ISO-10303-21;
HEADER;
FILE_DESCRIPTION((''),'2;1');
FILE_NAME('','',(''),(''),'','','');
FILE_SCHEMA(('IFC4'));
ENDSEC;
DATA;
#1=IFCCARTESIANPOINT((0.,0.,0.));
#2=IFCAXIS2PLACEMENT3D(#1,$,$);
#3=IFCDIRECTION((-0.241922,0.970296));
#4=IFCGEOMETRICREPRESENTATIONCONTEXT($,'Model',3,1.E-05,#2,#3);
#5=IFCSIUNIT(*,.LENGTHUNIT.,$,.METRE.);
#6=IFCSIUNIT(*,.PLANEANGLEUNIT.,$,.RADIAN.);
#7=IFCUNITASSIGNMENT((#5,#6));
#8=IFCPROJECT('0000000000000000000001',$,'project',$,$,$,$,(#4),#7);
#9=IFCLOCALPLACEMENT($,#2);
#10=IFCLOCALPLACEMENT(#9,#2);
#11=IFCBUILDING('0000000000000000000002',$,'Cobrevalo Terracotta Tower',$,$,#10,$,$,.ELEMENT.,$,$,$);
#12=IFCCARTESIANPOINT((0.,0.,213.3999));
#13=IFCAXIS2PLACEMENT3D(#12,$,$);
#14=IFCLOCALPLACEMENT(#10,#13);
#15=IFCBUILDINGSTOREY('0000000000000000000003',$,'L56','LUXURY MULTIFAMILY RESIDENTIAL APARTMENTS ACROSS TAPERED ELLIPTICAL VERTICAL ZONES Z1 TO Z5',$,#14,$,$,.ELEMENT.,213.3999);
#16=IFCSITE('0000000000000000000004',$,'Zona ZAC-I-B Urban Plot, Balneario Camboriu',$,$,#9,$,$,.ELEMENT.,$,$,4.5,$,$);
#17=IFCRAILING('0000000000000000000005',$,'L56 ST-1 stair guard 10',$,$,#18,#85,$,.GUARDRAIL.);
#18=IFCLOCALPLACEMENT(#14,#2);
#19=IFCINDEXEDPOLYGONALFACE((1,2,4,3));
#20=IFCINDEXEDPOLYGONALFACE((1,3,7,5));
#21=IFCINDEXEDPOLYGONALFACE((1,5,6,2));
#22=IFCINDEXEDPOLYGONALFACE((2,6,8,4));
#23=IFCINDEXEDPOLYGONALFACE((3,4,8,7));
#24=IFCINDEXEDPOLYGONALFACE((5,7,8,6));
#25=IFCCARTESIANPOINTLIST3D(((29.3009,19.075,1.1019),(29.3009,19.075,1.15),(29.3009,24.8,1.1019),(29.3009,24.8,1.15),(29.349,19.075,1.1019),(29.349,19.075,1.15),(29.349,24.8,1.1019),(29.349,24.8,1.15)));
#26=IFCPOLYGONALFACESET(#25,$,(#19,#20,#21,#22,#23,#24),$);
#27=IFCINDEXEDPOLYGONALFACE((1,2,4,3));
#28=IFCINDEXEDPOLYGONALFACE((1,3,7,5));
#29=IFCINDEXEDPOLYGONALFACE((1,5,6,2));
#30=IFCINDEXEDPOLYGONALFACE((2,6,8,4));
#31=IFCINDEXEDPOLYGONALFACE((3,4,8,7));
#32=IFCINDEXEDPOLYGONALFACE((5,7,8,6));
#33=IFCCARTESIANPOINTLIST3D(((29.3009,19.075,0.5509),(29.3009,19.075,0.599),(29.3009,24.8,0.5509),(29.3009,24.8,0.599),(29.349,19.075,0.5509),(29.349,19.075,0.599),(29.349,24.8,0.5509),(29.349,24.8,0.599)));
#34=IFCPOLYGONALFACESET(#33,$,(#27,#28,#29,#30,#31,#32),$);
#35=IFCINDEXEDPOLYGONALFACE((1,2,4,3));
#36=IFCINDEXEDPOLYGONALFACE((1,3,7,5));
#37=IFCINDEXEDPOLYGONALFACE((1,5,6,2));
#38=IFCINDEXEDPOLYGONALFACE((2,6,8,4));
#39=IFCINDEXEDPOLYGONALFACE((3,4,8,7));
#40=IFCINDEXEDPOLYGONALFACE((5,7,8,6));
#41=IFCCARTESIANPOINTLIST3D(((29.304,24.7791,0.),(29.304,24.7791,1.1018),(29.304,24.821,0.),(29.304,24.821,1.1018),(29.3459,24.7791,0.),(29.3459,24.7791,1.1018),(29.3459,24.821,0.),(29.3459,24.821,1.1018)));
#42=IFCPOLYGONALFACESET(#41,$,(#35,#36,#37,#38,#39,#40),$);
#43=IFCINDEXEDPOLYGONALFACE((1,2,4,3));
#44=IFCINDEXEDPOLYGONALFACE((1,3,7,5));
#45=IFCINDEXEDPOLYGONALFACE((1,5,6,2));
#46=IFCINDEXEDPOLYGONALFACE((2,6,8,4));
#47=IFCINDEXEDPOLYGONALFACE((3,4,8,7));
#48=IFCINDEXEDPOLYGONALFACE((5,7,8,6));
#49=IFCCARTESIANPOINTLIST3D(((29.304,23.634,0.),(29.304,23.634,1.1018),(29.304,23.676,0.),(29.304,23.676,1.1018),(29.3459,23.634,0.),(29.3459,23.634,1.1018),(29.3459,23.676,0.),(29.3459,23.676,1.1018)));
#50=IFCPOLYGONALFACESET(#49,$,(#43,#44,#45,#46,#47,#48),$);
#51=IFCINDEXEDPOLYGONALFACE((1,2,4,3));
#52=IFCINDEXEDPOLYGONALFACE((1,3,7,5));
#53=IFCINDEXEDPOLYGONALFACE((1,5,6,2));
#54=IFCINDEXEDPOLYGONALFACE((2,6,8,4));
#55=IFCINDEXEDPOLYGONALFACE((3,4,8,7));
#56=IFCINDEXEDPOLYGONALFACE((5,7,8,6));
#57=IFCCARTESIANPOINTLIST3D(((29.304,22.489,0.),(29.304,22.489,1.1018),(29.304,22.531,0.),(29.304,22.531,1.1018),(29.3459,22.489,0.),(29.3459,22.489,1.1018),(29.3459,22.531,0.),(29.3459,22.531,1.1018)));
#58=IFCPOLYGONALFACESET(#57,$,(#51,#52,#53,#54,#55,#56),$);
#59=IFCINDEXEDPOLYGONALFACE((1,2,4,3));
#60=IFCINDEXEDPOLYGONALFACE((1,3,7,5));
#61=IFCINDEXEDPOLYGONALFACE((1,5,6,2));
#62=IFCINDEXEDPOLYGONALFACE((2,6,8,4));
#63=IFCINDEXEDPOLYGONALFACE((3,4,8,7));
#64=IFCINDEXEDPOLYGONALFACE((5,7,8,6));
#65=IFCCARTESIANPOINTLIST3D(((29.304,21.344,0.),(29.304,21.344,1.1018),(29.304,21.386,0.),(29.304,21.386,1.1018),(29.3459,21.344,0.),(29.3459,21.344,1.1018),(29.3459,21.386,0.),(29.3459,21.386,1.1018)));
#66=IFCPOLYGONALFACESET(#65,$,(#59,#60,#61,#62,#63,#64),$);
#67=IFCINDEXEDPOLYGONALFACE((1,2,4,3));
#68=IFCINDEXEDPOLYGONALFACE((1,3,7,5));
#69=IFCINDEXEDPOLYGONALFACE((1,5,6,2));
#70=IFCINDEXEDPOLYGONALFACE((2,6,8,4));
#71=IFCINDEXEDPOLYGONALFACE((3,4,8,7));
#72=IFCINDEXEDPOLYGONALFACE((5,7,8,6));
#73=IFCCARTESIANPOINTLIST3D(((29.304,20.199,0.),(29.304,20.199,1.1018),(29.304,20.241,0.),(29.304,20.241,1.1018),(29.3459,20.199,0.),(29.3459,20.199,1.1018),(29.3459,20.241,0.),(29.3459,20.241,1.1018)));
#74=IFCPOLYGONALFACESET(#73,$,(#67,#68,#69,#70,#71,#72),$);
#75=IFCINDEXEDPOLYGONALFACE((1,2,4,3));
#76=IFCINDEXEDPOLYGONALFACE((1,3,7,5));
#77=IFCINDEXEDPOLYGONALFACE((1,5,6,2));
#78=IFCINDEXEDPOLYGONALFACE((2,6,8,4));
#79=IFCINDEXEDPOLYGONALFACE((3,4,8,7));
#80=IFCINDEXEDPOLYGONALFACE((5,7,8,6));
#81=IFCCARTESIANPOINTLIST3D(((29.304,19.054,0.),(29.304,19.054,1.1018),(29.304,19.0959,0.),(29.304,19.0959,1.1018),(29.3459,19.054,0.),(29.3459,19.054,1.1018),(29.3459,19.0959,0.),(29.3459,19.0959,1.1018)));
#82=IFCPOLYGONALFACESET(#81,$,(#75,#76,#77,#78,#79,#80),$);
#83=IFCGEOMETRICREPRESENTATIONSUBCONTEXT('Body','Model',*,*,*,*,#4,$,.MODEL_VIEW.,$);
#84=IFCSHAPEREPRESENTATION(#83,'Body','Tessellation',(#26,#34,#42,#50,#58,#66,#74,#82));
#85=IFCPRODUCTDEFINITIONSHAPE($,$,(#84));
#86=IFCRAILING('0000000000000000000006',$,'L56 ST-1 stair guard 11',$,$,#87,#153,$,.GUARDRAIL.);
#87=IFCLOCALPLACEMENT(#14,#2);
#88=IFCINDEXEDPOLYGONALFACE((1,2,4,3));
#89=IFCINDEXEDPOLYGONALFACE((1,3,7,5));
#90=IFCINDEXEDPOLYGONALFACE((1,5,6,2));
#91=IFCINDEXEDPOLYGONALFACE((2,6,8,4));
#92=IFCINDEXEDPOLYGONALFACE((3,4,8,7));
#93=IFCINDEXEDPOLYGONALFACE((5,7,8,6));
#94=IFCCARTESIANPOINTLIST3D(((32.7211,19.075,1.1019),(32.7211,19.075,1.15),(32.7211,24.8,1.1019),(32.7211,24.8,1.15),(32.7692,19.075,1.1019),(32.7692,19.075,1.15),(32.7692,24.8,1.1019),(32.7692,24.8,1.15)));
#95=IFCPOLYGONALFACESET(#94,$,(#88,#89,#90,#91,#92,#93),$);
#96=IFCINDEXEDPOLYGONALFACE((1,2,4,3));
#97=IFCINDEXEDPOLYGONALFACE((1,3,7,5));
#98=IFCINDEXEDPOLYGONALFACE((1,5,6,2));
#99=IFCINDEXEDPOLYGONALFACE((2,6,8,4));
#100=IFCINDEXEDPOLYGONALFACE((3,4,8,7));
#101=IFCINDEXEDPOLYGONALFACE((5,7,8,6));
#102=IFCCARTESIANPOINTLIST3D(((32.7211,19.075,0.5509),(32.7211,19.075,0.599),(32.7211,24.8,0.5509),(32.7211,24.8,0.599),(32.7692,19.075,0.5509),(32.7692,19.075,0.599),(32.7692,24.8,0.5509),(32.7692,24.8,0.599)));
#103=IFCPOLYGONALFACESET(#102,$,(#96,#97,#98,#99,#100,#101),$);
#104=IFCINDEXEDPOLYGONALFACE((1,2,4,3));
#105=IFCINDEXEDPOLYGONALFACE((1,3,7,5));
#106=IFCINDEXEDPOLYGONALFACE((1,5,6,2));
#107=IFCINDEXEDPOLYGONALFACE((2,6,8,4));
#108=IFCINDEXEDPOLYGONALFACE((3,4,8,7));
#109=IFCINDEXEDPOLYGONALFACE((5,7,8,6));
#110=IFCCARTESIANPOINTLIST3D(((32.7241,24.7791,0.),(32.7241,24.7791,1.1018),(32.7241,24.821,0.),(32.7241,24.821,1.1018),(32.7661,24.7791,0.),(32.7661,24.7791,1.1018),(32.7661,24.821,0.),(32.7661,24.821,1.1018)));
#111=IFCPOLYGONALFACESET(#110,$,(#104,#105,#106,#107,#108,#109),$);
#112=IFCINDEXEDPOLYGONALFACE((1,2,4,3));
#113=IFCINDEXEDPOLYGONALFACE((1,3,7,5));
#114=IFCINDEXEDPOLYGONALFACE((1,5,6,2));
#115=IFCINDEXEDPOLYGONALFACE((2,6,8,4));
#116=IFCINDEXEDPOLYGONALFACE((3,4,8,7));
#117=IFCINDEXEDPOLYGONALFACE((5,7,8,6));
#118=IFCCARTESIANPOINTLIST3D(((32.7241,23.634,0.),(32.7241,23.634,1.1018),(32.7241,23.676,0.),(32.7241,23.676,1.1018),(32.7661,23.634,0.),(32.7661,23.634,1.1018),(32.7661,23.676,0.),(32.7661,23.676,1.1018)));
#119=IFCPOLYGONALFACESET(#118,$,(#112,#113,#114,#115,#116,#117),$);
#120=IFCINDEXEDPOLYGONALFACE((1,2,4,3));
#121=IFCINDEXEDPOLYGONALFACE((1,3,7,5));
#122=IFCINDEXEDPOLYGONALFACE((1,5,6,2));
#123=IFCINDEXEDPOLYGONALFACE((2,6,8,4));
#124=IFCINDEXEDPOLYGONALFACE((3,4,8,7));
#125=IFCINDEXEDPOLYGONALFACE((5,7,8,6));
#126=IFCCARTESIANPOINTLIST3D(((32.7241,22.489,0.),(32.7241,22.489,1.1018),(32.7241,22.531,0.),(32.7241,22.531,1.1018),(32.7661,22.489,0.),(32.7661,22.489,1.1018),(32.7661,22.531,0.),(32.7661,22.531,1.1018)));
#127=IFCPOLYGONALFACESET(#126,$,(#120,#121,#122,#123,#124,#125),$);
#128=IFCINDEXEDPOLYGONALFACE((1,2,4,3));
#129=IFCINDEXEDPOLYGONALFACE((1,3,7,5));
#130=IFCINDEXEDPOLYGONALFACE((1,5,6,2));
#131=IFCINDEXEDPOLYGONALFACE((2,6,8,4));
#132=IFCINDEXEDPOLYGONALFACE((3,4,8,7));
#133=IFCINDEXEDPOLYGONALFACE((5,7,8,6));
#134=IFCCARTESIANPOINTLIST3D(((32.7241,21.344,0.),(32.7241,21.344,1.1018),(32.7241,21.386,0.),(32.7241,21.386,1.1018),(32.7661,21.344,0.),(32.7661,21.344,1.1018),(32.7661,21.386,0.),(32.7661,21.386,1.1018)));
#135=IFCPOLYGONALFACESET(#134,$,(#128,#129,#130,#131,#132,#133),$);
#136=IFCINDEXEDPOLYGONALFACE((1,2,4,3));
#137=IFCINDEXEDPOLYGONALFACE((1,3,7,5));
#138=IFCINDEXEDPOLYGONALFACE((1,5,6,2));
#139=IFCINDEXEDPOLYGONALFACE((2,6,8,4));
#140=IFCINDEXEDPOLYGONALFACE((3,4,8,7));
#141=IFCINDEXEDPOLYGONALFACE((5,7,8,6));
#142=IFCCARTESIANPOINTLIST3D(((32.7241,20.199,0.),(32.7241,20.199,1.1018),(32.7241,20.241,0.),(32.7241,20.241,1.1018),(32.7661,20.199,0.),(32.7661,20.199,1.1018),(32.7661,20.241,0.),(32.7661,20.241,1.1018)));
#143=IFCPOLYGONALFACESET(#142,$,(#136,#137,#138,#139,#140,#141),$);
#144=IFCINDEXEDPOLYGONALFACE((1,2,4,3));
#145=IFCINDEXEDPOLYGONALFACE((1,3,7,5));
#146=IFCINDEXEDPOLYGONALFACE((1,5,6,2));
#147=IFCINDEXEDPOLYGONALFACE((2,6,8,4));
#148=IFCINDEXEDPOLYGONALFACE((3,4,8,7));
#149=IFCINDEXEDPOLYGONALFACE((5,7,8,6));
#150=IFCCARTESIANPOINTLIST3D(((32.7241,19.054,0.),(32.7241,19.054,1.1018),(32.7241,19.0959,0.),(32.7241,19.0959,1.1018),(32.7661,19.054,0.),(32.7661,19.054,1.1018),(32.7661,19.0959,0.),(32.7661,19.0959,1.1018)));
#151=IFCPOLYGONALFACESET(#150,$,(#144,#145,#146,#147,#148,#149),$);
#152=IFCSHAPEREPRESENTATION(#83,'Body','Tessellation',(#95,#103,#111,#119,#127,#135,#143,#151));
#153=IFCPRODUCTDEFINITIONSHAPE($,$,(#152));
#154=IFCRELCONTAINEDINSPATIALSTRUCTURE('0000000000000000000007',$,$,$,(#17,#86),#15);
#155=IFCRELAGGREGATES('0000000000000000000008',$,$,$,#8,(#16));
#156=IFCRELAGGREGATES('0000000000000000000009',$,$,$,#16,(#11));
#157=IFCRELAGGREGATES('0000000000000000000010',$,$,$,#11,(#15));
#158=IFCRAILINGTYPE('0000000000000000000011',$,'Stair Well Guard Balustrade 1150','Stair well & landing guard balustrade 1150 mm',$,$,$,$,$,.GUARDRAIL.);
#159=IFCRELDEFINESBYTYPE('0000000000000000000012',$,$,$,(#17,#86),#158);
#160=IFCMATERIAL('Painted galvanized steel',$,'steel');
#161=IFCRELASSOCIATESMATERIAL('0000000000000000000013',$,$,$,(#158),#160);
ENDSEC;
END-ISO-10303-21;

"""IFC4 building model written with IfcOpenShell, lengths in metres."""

from ifc_helpers import new_model, si_unit, direction, frame, origin, origin_2d, place, context, subcontext, project, spatial, rectangle, extrude, material, type_object, element, save


model = new_model("IFC4")

# Units and contexts
model_context = context("Model", 3, precision=1e-05, world=origin(), true_north=direction((-0.241922, 0.970296)))
body_context = subcontext(model_context, "Body", "Model", "MODEL_VIEW")
ifc_project = project(units=[si_unit("LENGTHUNIT", "METRE"), si_unit("PLANEANGLEUNIT", "RADIAN")], contexts=[model_context])

# Site, building, storey
site_placement = place(None, origin())
site = spatial("IfcSite", under=ifc_project, at=site_placement, Name="Zona ZAC-I-B Urban Plot, Balneario Camboriu", CompositionType="ELEMENT", RefElevation=4.5)
building_placement = place(site_placement, origin())
building = spatial("IfcBuilding", under=site, at=building_placement, Name="Cobrevalo Terracotta Tower", CompositionType="ELEMENT")
storey_placement = place(building_placement, frame((0.0, 0.0, 213.3999)))
storey = spatial("IfcBuildingStorey", under=building, at=storey_placement, Name="L56", Description="LUXURY MULTIFAMILY RESIDENTIAL APARTMENTS ACROSS TAPERED ELLIPTICAL VERTICAL ZONES Z1 TO Z5", CompositionType="ELEMENT", Elevation=213.3999)

# Railings
ifc_material_1 = material(Name="Painted galvanized steel", Category="steel")
railing_type_1 = type_object("IfcRailingType", Name="Stair Well Guard Balustrade 1150", Description="Stair well & landing guard balustrade 1150 mm", PredefinedType="GUARDRAIL", material=ifc_material_1)
for number, where, name in (
    (1, (29.325, 24.8, 0.0), "L56 ST-1 stair guard 10"),
    (2, (32.7451, 24.8, 0.0), "L56 ST-1 stair guard 11"),
):
    element("IfcRailing", number, at=place(storey_placement, frame(where)), inside=storey, type_object=railing_type_1, Name=name, PredefinedType="GUARDRAIL", context=body_context, shape_type="SweptSolid", body=[
        extrude(rectangle(XDim=0.0481, YDim=0.0481, at=origin_2d()), frame((0.0, 0.0, 1.126), z_axis=(0.0, -1.0, 0.0), x_axis=(1.0, 0.0, 0.0)), (0.0, 0.0, 1.0), 5.7251),
        extrude(rectangle(XDim=0.0481, YDim=0.0481, at=origin_2d()), frame((0.0, 0.0, 0.575), z_axis=(0.0, -1.0, 0.0), x_axis=(1.0, 0.0, 0.0)), (0.0, 0.0, 1.0), 5.7251),
        extrude(rectangle(XDim=0.042, YDim=0.042, at=origin_2d()), origin(), (0.0, 0.0, 1.0), 1.1018),
        extrude(rectangle(XDim=0.042, YDim=0.042, at=origin_2d()), frame((0.0, -1.145, 0.0)), (0.0, 0.0, 1.0), 1.1018),
        extrude(rectangle(XDim=0.042, YDim=0.042, at=origin_2d()), frame((0.0, -2.29, 0.0)), (0.0, 0.0, 1.0), 1.1018),
        extrude(rectangle(XDim=0.042, YDim=0.042, at=origin_2d()), frame((0.0, -3.4351, 0.0)), (0.0, 0.0, 1.0), 1.1018),
        extrude(rectangle(XDim=0.042, YDim=0.042, at=origin_2d()), frame((0.0, -4.5801, 0.0)), (0.0, 0.0, 1.0), 1.1018),
        extrude(rectangle(XDim=0.042, YDim=0.042, at=origin_2d()), frame((0.0, -5.7251, 0.0)), (0.0, 0.0, 1.0), 1.1018),
    ])

save(model, "model.ifc")
